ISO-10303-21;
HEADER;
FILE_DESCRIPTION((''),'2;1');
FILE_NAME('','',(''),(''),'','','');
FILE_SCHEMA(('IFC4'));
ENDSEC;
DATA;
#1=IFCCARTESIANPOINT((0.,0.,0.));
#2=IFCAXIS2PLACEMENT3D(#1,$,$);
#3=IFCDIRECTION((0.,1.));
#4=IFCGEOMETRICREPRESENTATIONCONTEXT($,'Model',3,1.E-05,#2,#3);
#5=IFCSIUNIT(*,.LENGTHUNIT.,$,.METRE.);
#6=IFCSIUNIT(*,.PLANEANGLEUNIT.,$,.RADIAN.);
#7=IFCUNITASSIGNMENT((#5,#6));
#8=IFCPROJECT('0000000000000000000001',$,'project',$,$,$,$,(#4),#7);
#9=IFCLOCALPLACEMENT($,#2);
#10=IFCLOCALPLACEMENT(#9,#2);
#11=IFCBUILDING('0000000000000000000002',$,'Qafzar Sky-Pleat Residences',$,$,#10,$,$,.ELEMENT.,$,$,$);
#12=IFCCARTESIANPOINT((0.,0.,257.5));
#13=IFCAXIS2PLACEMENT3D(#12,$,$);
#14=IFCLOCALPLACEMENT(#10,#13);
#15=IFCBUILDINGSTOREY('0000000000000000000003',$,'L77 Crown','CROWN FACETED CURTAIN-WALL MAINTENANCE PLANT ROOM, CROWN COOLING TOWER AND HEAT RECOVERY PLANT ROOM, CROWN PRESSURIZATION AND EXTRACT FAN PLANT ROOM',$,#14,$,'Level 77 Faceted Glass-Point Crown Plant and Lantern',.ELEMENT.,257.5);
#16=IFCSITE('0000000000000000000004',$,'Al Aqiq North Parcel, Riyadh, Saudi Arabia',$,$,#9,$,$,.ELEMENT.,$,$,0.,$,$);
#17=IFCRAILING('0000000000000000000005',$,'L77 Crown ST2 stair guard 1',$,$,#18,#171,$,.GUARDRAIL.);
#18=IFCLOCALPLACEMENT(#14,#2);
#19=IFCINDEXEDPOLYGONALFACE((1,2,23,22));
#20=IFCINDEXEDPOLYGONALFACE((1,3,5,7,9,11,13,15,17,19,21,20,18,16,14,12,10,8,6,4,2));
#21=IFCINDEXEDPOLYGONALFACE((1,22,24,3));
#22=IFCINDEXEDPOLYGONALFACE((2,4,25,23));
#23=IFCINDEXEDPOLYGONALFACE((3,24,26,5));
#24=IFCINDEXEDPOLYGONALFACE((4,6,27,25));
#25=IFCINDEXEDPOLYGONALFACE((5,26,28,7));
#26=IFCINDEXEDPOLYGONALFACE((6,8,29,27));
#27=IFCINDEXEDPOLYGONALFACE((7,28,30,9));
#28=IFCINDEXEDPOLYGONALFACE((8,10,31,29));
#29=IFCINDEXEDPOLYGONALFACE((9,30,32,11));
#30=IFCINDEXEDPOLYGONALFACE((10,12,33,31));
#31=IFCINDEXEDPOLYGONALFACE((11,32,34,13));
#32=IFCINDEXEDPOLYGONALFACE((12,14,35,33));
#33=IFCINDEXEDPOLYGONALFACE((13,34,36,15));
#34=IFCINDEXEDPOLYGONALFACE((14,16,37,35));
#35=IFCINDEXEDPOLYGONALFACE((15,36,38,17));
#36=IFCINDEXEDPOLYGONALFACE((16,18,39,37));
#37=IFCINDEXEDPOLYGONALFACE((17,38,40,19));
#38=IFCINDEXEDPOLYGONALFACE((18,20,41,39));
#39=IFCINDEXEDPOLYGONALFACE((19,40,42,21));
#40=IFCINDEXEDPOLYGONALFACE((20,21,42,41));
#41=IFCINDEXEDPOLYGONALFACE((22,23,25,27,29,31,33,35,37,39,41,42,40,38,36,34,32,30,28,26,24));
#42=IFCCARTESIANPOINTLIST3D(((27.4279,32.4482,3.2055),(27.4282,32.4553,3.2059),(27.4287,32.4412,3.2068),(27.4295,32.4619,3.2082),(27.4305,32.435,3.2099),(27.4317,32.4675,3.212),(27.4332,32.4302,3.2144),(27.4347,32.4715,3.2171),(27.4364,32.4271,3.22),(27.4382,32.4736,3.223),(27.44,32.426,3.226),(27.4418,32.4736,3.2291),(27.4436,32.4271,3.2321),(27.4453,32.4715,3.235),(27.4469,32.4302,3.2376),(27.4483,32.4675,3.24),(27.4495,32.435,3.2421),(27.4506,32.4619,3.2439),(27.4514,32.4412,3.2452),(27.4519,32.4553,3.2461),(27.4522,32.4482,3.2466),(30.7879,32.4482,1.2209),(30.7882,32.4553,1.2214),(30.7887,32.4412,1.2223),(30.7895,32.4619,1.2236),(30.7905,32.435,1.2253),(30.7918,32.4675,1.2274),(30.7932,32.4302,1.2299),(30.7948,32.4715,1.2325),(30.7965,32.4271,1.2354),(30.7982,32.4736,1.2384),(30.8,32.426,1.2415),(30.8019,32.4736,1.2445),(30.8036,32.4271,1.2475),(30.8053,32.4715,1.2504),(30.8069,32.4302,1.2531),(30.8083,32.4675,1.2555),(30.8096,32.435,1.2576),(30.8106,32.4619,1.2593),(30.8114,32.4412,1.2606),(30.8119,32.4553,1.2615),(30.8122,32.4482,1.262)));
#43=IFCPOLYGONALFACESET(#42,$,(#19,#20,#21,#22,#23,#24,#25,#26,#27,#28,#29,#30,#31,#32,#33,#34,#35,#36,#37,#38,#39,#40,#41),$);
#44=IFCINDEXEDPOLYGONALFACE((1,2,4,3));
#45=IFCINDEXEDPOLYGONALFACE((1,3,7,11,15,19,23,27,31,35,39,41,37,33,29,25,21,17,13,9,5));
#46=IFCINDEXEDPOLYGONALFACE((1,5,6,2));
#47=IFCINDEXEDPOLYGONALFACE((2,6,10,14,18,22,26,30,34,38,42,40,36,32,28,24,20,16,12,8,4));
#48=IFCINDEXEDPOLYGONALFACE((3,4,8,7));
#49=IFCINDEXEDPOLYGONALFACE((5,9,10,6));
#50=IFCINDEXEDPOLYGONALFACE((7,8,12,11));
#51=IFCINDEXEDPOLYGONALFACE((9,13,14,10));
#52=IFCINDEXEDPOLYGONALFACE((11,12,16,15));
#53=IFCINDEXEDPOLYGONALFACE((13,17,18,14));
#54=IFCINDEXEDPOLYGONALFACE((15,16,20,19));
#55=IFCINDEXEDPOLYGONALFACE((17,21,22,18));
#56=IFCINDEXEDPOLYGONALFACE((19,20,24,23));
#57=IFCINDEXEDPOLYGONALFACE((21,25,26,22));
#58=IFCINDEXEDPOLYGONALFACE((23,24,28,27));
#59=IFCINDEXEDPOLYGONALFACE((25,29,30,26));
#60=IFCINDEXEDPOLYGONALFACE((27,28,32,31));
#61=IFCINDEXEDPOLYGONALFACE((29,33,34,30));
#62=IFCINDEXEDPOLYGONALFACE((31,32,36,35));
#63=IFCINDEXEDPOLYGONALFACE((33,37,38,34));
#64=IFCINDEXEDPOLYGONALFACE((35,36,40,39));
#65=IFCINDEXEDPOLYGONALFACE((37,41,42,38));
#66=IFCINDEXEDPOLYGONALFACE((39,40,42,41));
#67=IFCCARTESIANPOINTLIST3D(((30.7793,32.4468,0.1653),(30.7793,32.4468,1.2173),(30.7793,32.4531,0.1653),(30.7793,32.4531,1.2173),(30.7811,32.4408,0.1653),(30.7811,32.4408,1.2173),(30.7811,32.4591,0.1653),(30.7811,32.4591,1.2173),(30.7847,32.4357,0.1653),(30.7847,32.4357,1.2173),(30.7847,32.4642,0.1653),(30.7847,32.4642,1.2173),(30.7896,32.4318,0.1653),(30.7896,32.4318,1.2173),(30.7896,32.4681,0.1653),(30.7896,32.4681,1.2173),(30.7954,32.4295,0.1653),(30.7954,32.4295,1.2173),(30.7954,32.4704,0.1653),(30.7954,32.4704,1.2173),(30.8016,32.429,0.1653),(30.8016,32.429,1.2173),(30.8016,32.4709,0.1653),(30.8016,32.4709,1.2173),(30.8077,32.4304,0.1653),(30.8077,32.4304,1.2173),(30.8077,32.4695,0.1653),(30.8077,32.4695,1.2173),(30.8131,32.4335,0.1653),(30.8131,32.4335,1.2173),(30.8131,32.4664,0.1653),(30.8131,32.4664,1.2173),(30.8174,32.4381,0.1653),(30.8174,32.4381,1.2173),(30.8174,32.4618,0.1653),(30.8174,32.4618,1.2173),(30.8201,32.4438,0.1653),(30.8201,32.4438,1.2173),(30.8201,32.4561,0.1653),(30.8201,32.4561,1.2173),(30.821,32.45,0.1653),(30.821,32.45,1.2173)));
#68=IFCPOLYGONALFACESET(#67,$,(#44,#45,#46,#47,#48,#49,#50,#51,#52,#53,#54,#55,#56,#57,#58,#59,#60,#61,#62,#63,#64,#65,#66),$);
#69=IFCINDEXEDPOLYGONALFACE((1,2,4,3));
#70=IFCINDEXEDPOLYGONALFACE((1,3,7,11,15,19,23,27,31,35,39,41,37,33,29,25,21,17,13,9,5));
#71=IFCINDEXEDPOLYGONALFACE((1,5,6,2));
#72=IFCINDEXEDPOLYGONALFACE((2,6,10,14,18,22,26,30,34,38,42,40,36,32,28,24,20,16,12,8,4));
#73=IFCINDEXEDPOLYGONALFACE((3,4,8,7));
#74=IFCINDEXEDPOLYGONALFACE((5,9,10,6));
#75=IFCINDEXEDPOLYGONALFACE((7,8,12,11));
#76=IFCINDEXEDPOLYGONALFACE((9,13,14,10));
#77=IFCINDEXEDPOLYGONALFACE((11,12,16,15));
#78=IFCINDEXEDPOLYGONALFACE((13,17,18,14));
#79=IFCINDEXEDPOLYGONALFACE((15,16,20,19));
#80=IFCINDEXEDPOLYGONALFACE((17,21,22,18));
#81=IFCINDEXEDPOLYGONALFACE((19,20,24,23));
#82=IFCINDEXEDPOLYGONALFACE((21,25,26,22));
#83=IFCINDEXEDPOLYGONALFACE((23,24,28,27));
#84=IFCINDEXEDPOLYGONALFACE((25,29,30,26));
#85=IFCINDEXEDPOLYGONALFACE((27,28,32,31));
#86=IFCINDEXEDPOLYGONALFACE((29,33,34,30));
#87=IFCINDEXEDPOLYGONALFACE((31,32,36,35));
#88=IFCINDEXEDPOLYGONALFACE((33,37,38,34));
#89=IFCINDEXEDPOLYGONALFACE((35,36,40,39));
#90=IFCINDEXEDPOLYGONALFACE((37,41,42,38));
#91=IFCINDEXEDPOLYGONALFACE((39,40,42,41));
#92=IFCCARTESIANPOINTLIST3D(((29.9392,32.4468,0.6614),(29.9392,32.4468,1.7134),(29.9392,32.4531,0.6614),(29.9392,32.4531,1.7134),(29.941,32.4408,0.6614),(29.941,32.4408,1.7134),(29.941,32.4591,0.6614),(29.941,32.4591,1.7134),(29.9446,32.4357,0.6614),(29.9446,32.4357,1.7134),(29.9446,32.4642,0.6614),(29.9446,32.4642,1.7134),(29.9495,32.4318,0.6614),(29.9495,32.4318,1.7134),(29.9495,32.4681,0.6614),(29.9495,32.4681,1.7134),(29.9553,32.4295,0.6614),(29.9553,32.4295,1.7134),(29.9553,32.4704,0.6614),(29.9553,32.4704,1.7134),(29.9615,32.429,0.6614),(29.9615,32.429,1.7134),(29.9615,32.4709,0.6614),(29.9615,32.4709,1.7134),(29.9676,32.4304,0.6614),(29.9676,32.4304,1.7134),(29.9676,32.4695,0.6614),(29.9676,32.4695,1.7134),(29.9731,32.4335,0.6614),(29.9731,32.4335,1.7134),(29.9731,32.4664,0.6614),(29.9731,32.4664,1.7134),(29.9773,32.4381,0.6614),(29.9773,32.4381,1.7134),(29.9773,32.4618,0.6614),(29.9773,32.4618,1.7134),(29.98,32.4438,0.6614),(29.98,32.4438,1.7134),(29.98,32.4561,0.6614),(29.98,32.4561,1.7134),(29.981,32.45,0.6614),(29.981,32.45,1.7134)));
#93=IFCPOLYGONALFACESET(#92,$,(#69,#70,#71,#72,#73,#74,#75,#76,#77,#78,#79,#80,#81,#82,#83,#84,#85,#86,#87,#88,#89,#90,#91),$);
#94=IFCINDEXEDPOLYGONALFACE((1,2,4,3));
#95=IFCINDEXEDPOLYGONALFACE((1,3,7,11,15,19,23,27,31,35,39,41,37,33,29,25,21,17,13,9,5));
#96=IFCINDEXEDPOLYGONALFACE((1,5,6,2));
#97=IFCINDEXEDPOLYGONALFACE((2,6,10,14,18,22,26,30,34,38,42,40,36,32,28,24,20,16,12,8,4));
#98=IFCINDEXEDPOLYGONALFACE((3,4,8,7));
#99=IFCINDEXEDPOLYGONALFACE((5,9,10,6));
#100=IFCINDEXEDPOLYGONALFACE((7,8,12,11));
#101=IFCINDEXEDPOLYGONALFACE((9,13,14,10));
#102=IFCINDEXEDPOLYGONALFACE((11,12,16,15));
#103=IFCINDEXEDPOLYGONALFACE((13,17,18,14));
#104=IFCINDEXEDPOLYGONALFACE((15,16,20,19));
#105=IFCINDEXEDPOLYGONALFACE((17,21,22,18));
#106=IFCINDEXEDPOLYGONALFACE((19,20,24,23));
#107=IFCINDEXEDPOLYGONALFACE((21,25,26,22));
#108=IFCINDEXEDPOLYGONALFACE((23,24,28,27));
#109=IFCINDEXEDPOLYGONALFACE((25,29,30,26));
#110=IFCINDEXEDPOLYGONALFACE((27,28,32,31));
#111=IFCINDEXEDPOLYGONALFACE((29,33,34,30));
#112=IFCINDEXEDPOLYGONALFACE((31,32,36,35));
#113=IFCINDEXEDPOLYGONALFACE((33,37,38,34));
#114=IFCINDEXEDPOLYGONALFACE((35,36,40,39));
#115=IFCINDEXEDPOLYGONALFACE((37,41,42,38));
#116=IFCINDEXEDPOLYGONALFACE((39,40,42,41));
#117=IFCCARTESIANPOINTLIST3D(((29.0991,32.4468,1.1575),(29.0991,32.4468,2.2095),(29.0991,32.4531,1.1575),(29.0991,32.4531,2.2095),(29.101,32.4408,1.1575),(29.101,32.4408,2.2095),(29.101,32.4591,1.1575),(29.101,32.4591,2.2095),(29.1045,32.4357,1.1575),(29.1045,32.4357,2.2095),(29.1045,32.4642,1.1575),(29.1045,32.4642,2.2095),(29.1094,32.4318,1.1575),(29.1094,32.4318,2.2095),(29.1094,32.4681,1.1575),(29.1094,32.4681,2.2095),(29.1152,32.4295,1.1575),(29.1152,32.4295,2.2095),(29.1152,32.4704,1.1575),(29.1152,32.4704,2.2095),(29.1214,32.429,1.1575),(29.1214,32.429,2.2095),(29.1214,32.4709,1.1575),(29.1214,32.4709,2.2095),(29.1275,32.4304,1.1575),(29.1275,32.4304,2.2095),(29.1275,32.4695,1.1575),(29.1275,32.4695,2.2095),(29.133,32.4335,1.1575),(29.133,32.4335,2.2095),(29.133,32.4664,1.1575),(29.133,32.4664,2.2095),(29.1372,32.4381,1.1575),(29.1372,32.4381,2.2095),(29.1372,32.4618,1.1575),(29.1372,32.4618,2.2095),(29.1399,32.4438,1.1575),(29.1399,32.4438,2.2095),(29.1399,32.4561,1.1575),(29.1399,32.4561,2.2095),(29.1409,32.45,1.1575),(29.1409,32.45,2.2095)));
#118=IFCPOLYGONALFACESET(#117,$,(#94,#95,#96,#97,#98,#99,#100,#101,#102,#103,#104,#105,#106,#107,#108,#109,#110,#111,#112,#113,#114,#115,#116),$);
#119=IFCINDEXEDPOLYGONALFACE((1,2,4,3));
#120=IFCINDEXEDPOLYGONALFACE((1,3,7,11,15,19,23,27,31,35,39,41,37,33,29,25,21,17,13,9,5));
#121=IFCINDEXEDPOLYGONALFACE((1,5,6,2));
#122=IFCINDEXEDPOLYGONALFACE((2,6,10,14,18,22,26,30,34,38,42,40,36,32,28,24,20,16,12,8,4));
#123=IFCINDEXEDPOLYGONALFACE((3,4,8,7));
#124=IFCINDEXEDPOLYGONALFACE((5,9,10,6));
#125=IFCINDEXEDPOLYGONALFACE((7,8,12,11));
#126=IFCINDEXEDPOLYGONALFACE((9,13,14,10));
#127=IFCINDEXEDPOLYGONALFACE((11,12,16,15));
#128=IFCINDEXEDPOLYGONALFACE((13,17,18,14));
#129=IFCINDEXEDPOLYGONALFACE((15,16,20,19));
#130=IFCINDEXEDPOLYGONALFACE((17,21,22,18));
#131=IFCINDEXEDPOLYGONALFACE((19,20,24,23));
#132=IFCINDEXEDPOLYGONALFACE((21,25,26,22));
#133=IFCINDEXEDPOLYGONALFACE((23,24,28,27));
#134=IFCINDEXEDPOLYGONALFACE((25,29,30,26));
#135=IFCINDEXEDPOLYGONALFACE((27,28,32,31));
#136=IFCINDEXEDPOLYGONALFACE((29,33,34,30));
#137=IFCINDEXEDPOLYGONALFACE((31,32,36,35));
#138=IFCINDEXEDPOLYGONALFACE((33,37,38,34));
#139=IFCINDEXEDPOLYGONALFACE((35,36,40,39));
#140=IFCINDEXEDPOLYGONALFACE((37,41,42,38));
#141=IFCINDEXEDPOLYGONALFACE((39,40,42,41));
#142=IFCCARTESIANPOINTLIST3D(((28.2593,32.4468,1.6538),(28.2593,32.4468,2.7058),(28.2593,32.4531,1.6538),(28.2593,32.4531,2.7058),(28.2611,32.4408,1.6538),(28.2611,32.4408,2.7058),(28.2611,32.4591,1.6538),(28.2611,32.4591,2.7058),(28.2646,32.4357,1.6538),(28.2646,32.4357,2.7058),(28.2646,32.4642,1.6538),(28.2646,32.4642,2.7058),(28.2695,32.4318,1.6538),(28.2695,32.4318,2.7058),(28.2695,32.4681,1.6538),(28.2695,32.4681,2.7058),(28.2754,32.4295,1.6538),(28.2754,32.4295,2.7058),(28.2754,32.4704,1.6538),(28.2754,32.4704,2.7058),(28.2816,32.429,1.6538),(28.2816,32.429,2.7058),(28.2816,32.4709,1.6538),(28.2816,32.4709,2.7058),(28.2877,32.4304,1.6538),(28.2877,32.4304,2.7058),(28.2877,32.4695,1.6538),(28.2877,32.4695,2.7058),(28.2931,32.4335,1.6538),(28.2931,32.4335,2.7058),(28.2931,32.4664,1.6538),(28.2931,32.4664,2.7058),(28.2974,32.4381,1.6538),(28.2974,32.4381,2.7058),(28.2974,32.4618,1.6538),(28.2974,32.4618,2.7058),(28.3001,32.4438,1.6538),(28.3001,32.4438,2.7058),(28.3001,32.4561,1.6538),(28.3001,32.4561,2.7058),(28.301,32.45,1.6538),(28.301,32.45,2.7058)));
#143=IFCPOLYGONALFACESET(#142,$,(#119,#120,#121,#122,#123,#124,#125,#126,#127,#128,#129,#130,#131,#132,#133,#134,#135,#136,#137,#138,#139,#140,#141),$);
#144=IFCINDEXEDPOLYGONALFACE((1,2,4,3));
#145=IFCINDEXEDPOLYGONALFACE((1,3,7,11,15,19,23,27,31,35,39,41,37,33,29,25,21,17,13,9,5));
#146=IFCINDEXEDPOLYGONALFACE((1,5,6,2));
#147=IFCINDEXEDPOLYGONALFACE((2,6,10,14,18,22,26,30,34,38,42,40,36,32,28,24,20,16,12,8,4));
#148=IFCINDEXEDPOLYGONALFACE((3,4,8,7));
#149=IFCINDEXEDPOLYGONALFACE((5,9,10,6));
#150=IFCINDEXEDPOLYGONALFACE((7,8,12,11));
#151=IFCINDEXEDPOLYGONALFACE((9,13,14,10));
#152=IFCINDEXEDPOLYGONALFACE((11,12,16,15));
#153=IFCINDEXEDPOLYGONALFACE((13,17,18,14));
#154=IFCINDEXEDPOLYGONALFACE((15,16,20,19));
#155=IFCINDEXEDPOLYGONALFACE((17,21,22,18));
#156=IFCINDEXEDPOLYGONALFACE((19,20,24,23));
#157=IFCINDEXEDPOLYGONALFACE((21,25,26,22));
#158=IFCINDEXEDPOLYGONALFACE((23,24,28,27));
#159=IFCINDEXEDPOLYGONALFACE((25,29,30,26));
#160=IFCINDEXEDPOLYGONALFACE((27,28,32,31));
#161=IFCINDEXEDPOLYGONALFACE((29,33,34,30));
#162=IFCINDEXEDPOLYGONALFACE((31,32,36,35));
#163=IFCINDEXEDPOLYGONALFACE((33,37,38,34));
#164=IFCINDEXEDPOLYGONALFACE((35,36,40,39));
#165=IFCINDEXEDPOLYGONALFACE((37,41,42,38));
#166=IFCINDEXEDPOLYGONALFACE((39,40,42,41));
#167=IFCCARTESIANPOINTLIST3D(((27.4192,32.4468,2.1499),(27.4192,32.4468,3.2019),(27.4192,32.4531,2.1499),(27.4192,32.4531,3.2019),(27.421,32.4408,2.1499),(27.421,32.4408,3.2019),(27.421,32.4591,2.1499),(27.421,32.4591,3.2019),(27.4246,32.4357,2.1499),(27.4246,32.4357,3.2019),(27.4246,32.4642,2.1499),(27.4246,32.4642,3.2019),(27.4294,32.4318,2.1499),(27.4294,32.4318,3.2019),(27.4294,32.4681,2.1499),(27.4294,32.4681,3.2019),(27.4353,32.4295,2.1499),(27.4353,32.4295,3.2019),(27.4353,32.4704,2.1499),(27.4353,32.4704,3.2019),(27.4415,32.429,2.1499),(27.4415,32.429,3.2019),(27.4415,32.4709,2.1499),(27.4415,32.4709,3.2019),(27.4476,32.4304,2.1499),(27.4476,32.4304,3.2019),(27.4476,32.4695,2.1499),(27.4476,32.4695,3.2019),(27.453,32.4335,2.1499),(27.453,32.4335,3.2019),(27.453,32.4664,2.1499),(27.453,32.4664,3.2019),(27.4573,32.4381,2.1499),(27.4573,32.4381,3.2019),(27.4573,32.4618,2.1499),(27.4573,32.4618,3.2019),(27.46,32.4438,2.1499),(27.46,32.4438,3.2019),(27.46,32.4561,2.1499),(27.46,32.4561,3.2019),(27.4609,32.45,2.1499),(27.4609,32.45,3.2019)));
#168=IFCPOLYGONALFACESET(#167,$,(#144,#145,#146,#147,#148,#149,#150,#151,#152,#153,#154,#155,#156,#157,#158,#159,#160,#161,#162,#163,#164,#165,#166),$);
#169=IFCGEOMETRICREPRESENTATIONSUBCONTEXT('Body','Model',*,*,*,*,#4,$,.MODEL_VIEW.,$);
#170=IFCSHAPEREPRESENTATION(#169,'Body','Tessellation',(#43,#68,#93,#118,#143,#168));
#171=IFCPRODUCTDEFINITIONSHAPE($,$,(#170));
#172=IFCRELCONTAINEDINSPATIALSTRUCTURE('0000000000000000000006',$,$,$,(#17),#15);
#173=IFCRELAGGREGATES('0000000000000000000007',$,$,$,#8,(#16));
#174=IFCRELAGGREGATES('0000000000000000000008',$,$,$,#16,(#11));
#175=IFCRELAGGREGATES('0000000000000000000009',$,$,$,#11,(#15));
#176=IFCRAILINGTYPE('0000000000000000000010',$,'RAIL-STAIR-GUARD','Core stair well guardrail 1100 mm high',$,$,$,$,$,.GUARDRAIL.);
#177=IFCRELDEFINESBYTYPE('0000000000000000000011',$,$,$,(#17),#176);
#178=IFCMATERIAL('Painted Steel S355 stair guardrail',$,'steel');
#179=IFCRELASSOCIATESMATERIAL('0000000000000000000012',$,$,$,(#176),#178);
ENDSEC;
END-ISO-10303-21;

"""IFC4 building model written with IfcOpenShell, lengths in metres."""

from ifc_helpers import new_model, si_unit, direction, frame, origin, origin_2d, place, context, subcontext, project, spatial, circle, extrude, source, transform, mapped, material, type_object, element, save


model = new_model("IFC4")

# Units and contexts
model_context = context("Model", 3, precision=1e-05, world=origin(), true_north=direction((0.0, 1.0)))
body_context = subcontext(model_context, "Body", "Model", "MODEL_VIEW")
ifc_project = project(units=[si_unit("LENGTHUNIT", "METRE"), si_unit("PLANEANGLEUNIT", "RADIAN")], contexts=[model_context])

# Site, building, storey
site_placement = place(None, origin())
site = spatial("IfcSite", under=ifc_project, at=site_placement, Name="Al Aqiq North Parcel, Riyadh, Saudi Arabia", CompositionType="ELEMENT", RefElevation=0.0)
building_placement = place(site_placement, origin())
building = spatial("IfcBuilding", under=site, at=building_placement, Name="Qafzar Sky-Pleat Residences", CompositionType="ELEMENT")
storey_placement = place(building_placement, frame((0.0, 0.0, 257.5)))
storey = spatial("IfcBuildingStorey", under=building, at=storey_placement, Name="L77 Crown", Description="CROWN FACETED CURTAIN-WALL MAINTENANCE PLANT ROOM, CROWN COOLING TOWER AND HEAT RECOVERY PLANT ROOM, CROWN PRESSURIZATION AND EXTRACT FAN PLANT ROOM", LongName="Level 77 Faceted Glass-Point Crown Plant and Lantern", CompositionType="ELEMENT", Elevation=257.5)

# Railing
ifc_material_1 = material(Name="Painted Steel S355 stair guardrail", Category="steel")
railing_type_1 = type_object("IfcRailingType", Name="RAIL-STAIR-GUARD", Description="Core stair well guardrail 1100 mm high", PredefinedType="GUARDRAIL", material=ifc_material_1)
shared_shape_1 = source(origin(), body_context, "Body", "SweptSolid", [
    extrude(circle(Radius=0.0239, at=origin_2d()), frame((0.0, 0.0, 1.0762), z_axis=(-0.861027, 0.0, 0.508559), x_axis=(0.0, -1.0, 0.0)), (0.0, 0.0, 1.0), 3.9023),
    extrude(circle(Radius=0.021, at=origin_2d()), origin(), (0.0, 0.0, 1.0), 1.052),
    extrude(circle(Radius=0.021, at=origin_2d()), frame((-0.8401, 0.0, 0.4961)), (0.0, 0.0, 1.0), 1.052),
    extrude(circle(Radius=0.021, at=origin_2d()), frame((-1.6802, 0.0, 0.9922)), (0.0, 0.0, 1.0), 1.052),
    extrude(circle(Radius=0.021, at=origin_2d()), frame((-2.52, 0.0, 1.4885)), (0.0, 0.0, 1.0), 1.052),
    extrude(circle(Radius=0.021, at=origin_2d()), frame((-3.3601, 0.0, 1.9846)), (0.0, 0.0, 1.0), 1.052),
])
railing_1_placement = place(storey_placement, frame((30.8, 32.45, 0.1653)))
element("IfcRailing", 1, at=railing_1_placement, inside=storey, type_object=railing_type_1, Name="L77 Crown ST2 stair guard 1", PredefinedType="GUARDRAIL", context=body_context, shape_type="MappedRepresentation", body=[
    mapped(shared_shape_1, transform((0.0, 0.0, 0.0), x_axis=(1.0, 0.0, 0.0), y_axis=(0.0, 1.0, 0.0), z_axis=(0.0, 0.0, 1.0), scale=1.0)),
])

save(model, "model.ifc")
